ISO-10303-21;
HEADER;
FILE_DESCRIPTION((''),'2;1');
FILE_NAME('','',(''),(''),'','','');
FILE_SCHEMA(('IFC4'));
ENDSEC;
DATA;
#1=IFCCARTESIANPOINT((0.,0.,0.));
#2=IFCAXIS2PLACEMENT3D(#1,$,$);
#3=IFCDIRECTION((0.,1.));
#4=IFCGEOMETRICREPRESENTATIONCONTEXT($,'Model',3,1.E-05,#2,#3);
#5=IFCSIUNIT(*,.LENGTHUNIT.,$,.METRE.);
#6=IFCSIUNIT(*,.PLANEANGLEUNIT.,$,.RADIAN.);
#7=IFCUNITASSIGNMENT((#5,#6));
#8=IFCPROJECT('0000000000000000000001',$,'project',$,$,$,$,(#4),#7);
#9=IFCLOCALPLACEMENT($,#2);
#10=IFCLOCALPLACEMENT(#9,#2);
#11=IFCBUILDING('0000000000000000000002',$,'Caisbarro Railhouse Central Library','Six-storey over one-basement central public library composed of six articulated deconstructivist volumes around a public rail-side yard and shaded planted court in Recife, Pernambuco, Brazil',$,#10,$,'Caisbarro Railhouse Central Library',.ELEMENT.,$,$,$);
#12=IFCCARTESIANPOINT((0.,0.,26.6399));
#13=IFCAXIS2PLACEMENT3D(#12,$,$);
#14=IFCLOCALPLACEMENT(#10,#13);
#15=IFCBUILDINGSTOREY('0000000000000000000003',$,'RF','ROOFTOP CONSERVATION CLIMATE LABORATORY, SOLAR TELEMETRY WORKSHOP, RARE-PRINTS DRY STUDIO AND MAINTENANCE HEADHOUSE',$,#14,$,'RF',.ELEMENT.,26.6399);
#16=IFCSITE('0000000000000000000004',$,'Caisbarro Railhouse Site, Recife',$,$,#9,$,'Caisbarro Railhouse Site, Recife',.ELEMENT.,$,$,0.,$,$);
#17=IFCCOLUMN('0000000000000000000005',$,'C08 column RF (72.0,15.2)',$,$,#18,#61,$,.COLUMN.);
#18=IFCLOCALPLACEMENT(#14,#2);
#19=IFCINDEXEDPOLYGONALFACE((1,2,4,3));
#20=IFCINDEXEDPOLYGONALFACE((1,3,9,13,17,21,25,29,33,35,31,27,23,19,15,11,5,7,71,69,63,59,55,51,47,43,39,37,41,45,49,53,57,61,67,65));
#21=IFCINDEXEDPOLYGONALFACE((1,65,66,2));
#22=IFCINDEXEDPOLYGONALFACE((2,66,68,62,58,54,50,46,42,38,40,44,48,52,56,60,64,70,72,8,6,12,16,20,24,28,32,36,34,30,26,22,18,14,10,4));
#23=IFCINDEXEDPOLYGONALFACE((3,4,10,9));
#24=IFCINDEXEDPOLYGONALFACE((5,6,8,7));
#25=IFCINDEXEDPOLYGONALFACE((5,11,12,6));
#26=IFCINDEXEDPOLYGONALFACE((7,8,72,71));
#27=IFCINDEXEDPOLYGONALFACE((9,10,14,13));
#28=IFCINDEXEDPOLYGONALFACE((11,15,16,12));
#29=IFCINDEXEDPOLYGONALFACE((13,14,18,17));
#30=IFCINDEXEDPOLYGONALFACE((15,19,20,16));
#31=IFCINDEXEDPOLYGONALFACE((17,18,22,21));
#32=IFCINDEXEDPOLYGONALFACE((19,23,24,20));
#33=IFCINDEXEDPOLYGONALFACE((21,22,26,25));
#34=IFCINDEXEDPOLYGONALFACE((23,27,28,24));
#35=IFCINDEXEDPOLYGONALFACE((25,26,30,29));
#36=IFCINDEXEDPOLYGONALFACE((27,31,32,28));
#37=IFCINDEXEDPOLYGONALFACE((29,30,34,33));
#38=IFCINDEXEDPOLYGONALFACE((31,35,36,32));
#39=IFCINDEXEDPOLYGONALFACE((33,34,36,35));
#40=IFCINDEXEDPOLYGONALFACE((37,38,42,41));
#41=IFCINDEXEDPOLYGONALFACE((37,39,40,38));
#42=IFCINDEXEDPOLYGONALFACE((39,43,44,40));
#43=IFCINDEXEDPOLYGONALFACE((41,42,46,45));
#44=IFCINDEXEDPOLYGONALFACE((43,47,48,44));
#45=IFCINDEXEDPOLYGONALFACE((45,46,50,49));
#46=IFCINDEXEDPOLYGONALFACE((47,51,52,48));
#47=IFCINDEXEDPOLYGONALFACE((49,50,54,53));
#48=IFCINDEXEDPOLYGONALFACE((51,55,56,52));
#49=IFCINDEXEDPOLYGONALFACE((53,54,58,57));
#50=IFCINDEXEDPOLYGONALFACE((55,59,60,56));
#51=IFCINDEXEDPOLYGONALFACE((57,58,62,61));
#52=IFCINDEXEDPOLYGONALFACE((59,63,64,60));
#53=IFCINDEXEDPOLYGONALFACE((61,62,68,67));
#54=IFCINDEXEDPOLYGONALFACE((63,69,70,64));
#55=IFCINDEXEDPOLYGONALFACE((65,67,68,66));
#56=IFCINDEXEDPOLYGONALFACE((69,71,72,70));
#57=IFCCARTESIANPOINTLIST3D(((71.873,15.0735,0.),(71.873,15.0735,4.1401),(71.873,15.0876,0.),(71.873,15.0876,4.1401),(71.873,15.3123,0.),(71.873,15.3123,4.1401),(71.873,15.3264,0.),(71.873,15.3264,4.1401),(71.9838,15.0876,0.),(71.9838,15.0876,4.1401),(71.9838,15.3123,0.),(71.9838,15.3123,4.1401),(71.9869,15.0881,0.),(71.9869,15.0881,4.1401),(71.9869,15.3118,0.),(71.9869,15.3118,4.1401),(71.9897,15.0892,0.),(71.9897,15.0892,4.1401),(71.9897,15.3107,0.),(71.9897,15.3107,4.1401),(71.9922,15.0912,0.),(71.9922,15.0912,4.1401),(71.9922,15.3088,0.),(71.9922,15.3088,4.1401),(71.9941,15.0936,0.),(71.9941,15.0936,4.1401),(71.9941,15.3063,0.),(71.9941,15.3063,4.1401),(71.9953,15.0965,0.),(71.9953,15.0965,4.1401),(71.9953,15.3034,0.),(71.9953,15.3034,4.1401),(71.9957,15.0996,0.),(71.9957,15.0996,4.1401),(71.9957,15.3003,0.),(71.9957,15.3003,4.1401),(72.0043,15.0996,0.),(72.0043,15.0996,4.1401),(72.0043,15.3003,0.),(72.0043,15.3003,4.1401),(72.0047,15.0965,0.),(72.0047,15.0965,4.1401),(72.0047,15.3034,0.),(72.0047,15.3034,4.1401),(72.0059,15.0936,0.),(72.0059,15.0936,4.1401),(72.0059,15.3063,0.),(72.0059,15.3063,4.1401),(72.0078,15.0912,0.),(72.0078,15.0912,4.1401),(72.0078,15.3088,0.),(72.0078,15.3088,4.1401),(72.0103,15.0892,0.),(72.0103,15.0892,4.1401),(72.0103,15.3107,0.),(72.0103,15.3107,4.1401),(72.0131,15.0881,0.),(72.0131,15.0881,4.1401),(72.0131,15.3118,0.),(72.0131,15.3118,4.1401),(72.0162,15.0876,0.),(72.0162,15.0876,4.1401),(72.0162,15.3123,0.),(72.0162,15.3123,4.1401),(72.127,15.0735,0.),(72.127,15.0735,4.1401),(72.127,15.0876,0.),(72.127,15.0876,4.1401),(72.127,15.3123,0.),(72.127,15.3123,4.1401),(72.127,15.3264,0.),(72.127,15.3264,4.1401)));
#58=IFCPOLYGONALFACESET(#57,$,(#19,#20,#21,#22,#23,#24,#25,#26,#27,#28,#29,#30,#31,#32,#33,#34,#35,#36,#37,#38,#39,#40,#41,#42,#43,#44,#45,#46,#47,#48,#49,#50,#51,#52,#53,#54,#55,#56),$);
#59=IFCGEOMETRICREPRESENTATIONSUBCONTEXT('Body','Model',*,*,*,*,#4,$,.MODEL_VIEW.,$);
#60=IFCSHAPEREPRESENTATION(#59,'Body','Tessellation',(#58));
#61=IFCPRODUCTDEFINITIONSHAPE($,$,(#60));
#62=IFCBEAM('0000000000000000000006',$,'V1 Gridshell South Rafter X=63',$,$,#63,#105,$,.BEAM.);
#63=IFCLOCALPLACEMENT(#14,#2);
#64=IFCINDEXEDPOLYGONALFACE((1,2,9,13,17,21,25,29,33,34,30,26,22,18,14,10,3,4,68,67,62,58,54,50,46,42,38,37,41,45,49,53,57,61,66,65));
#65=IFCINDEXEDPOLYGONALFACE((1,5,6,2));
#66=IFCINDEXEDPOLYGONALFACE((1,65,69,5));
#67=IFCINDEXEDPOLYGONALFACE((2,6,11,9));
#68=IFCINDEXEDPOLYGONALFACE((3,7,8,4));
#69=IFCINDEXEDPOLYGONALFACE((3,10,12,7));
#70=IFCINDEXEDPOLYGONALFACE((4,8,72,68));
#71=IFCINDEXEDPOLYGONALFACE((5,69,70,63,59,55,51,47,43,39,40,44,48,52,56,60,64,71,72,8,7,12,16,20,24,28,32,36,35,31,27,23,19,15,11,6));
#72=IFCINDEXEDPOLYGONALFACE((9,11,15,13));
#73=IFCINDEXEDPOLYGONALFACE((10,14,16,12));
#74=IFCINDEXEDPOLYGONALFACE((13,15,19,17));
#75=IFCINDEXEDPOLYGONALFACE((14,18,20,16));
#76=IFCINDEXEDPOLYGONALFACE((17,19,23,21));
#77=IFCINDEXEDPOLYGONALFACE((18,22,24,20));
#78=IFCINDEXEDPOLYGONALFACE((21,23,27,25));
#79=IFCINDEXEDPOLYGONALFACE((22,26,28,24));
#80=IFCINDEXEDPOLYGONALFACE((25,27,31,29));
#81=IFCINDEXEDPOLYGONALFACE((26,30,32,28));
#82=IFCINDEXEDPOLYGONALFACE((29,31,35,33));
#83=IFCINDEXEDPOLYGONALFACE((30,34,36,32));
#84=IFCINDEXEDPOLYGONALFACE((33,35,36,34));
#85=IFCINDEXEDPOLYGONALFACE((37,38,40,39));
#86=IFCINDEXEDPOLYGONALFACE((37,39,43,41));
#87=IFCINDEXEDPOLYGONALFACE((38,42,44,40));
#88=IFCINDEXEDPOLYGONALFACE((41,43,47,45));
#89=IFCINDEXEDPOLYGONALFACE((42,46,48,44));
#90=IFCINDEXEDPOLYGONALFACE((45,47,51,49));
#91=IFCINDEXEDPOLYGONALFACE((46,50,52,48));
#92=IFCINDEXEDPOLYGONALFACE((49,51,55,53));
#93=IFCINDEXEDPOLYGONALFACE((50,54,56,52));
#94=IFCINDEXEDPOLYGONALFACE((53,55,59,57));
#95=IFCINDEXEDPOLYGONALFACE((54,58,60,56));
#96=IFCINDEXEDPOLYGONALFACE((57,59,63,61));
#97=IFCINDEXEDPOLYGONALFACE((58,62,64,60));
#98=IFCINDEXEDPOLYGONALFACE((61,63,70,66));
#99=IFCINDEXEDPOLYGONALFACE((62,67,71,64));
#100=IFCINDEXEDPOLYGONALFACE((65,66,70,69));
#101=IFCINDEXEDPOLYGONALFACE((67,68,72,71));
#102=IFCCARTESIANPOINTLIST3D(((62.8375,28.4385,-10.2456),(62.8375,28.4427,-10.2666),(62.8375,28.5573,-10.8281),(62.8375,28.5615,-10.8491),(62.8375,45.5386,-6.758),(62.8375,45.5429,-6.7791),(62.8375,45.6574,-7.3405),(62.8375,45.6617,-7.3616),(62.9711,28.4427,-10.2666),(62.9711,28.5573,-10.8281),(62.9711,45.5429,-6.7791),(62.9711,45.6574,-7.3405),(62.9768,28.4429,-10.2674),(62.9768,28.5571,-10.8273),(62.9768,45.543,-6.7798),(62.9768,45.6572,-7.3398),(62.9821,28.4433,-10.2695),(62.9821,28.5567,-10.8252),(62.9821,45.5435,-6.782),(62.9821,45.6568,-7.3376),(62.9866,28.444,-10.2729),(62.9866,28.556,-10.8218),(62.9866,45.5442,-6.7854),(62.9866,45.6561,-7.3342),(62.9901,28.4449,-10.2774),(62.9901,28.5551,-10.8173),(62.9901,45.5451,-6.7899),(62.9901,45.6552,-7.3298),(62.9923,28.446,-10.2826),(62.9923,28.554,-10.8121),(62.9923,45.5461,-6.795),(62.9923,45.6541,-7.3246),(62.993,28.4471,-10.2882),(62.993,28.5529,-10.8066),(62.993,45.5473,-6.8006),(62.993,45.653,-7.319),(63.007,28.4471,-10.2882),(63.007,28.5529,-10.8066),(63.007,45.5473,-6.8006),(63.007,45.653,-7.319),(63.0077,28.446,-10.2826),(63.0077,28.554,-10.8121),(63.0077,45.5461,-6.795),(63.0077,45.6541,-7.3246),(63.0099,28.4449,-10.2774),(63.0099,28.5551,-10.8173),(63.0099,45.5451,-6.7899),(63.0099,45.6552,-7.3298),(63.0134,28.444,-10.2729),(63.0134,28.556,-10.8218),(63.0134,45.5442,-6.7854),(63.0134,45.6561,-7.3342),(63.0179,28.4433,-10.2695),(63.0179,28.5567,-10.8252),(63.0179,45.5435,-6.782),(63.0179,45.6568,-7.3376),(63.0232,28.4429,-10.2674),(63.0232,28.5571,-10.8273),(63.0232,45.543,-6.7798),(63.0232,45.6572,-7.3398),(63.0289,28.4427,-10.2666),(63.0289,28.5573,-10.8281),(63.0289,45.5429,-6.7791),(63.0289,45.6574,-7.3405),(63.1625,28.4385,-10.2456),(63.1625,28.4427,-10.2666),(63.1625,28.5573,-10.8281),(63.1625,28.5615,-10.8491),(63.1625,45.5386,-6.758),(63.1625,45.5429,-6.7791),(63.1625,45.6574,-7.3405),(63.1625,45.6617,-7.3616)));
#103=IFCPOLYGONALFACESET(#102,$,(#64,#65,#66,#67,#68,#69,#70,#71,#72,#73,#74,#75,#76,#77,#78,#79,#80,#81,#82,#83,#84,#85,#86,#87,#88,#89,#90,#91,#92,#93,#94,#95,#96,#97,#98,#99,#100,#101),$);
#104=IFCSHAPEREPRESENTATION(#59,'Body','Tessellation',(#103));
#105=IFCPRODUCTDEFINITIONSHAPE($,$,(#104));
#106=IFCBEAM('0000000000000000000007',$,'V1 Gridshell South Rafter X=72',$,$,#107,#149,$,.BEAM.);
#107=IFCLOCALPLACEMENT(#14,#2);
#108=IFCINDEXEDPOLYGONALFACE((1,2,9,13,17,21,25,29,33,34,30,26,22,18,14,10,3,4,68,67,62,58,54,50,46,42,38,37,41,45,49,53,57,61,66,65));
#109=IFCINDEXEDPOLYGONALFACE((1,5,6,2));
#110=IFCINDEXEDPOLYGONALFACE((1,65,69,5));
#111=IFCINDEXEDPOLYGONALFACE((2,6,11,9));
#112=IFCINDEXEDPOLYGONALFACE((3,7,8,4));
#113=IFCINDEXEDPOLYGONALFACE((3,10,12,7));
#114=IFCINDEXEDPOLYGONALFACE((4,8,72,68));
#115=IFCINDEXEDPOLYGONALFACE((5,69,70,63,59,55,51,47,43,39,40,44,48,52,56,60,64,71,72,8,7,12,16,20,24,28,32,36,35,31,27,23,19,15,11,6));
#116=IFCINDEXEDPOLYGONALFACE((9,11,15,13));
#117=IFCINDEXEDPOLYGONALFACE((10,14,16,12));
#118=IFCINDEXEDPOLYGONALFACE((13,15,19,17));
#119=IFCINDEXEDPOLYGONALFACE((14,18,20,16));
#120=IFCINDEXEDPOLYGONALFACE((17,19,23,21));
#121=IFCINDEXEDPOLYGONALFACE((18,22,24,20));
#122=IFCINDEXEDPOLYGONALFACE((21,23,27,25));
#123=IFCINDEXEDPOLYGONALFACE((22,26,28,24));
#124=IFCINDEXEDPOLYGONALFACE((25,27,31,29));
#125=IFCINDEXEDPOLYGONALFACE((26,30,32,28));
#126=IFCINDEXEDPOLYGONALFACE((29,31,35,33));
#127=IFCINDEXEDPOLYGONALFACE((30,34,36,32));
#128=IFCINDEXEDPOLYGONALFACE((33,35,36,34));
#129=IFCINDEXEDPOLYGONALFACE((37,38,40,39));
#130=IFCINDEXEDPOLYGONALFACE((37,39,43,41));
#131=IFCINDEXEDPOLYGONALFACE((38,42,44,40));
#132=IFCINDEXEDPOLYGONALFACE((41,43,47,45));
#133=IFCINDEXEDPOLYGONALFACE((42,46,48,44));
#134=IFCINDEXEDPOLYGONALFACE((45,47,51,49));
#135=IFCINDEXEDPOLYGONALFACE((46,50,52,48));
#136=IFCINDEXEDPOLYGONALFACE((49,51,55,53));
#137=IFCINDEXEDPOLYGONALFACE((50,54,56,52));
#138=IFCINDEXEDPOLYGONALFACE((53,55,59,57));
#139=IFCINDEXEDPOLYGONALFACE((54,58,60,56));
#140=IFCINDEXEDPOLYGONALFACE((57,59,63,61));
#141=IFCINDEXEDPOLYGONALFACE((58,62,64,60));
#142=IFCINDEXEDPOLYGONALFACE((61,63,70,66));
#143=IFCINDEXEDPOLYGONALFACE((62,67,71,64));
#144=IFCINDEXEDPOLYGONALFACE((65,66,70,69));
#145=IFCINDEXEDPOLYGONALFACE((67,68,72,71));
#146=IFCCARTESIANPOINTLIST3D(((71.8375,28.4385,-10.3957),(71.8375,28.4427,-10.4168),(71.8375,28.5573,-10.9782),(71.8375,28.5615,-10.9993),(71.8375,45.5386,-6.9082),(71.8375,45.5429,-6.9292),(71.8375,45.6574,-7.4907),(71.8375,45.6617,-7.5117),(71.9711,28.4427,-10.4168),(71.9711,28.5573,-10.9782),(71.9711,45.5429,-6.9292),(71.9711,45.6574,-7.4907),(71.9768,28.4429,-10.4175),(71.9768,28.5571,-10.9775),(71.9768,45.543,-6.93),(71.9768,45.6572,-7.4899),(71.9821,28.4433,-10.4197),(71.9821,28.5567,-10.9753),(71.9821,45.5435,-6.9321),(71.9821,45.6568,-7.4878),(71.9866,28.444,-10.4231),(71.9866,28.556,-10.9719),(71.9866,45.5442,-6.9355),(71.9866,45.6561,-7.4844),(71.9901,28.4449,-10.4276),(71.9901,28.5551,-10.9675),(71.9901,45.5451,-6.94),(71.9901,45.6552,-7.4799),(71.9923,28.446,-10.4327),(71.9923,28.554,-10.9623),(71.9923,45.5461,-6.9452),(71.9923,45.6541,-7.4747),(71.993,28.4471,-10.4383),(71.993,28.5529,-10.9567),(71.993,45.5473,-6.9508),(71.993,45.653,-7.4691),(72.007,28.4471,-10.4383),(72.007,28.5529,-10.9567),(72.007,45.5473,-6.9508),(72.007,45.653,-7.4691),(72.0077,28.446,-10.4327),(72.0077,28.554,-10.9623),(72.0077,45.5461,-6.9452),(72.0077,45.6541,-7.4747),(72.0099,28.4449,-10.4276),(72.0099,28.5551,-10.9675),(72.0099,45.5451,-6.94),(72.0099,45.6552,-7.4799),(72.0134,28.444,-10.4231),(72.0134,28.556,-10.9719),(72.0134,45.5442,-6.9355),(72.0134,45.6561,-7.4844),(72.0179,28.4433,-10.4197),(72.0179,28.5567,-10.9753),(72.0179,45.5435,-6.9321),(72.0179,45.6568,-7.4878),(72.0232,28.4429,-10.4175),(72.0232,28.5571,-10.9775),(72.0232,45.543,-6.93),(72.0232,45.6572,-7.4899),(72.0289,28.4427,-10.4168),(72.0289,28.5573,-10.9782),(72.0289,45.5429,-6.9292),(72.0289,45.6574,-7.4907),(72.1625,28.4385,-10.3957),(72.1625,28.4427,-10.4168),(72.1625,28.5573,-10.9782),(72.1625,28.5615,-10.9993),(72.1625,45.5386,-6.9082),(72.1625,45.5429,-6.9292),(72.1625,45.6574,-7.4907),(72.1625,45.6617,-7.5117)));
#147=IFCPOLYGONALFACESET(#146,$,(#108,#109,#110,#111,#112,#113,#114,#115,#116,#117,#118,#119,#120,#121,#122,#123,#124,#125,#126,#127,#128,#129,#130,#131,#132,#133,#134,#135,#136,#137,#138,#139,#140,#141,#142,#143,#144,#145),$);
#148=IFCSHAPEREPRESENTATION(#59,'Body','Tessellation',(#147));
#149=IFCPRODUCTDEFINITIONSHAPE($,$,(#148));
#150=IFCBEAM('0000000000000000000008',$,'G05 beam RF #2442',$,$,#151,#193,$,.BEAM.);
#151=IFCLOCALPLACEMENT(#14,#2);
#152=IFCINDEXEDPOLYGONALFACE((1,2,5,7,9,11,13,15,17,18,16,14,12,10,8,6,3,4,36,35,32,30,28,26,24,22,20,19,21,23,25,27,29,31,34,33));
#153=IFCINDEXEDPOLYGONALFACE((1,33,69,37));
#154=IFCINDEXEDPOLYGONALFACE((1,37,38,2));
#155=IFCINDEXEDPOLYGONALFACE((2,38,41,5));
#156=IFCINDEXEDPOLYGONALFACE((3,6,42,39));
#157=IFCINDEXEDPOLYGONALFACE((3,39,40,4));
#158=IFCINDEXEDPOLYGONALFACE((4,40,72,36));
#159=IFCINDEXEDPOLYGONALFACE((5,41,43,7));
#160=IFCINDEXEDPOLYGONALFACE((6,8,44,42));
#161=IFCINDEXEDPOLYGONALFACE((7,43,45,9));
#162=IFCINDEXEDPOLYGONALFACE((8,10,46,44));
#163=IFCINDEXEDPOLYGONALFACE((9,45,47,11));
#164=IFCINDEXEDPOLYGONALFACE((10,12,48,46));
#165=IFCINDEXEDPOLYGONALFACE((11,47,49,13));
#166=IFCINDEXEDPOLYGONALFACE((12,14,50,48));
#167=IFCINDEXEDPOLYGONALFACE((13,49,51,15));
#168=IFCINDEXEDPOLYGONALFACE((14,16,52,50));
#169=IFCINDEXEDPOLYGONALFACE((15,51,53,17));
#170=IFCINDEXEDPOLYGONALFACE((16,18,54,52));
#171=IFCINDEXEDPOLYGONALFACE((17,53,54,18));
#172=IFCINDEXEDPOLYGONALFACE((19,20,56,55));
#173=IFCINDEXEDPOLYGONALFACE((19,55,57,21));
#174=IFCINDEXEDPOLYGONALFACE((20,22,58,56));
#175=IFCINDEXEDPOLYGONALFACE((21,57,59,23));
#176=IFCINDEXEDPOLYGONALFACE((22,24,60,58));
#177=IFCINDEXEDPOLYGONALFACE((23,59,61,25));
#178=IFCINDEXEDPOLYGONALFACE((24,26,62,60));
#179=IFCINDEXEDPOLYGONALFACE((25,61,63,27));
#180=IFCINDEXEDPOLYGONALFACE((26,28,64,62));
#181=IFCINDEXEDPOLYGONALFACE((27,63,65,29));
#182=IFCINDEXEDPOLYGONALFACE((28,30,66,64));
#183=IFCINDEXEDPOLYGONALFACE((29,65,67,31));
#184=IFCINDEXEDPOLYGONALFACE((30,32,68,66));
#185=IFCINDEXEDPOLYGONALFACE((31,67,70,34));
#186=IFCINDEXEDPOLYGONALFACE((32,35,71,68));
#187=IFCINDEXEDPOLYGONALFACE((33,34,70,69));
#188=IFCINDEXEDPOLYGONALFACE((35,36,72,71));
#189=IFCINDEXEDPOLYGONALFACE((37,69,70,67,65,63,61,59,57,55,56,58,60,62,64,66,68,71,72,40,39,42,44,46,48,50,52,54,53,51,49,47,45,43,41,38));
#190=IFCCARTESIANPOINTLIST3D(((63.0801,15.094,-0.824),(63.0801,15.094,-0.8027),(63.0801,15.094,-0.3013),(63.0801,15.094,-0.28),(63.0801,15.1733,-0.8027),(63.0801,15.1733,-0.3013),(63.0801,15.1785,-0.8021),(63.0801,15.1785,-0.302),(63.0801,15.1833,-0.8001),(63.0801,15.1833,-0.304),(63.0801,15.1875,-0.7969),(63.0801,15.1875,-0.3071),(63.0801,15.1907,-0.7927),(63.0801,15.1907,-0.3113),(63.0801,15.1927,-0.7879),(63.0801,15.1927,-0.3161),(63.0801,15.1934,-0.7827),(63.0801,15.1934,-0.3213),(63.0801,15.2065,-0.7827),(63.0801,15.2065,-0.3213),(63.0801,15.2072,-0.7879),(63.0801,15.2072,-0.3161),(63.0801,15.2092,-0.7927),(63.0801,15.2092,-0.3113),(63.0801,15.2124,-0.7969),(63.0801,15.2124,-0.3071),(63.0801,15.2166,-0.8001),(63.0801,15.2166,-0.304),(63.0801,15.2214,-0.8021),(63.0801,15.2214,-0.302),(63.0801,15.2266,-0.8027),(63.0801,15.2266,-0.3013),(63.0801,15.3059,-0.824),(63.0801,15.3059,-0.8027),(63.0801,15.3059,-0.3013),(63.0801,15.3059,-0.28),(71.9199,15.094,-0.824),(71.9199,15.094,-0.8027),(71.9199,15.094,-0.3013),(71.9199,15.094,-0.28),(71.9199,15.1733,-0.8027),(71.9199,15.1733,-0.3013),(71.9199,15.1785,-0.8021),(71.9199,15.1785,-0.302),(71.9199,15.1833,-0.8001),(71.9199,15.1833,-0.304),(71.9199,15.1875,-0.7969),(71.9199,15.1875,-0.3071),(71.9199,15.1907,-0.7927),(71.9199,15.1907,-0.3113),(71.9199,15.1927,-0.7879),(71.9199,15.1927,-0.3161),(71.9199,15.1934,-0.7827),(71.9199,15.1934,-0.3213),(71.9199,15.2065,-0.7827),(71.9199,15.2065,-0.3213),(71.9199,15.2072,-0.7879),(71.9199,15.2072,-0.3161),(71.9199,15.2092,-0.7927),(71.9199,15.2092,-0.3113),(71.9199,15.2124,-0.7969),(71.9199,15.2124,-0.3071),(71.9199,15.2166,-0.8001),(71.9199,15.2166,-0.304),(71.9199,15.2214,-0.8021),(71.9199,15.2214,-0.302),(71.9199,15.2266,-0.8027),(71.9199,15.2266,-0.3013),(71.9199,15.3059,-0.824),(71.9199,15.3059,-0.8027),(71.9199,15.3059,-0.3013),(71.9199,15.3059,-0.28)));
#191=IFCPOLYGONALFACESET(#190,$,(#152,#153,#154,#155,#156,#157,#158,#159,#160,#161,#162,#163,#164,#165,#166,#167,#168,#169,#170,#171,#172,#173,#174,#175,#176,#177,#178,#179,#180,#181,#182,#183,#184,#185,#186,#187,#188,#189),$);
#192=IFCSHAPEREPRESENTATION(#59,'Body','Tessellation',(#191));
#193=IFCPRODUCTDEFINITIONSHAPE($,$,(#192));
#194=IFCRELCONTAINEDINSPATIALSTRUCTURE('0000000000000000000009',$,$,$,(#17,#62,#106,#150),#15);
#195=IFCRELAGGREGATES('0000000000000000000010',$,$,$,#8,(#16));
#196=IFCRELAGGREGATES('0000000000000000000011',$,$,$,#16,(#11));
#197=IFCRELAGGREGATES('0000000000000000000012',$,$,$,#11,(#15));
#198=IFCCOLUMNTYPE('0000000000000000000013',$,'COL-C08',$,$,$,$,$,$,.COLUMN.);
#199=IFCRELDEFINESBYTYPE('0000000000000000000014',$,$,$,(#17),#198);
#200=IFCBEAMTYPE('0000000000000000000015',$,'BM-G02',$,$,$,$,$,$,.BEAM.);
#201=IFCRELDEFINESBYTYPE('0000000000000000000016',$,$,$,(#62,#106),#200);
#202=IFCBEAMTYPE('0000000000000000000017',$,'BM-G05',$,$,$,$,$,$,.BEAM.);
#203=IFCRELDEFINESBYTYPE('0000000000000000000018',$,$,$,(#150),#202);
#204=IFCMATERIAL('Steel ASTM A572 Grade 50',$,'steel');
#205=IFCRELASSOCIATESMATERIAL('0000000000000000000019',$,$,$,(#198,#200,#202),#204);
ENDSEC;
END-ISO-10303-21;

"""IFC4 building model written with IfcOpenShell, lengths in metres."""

from ifc_helpers import new_model, si_unit, direction, frame, origin, origin_2d, place, context, subcontext, project, spatial, i_section, extrude, material, material_profile, profile_set, type_object, element, save


model = new_model("IFC4")

# Units and contexts
model_context = context("Model", 3, precision=1e-05, world=origin(), true_north=direction((0.0, 1.0)))
body_context = subcontext(model_context, "Body", "Model", "MODEL_VIEW")
ifc_project = project(units=[si_unit("LENGTHUNIT", "METRE"), si_unit("PLANEANGLEUNIT", "RADIAN")], contexts=[model_context])

# Site, building, storey
site_placement = place(None, origin())
site = spatial("IfcSite", under=ifc_project, at=site_placement, Name="Caisbarro Railhouse Site, Recife", LongName="Caisbarro Railhouse Site, Recife", CompositionType="ELEMENT", RefElevation=0.0)
building_placement = place(site_placement, origin())
building = spatial("IfcBuilding", under=site, at=building_placement, Name="Caisbarro Railhouse Central Library", Description="Six-storey over one-basement central public library composed of six articulated deconstructivist volumes around a public rail-side yard and shaded planted court in Recife, Pernambuco, Brazil", LongName="Caisbarro Railhouse Central Library", CompositionType="ELEMENT")
storey_placement = place(building_placement, frame((0.0, 0.0, 26.6399)))
storey = spatial("IfcBuildingStorey", under=building, at=storey_placement, Name="RF", Description="ROOFTOP CONSERVATION CLIMATE LABORATORY, SOLAR TELEMETRY WORKSHOP, RARE-PRINTS DRY STUDIO AND MAINTENANCE HEADHOUSE", LongName="RF", CompositionType="ELEMENT", Elevation=26.6399)

# Column
ifc_material_1 = material(Name="Steel ASTM A572 Grade 50", Category="steel")
ifc_material_profile_1 = material_profile(ifc_material_1, i_section(OverallWidth=0.2539, OverallDepth=0.2529, WebThickness=0.0085, FlangeThickness=0.0142, FilletRadius=0.012, at=origin_2d()), Name="W250X73.0")
ifc_profile_set_1 = profile_set([ifc_material_profile_1], Name="Steel ASTM A572 Grade 50")
column_type = type_object("IfcColumnType", Name="COL-C08", PredefinedType="COLUMN", material=ifc_profile_set_1)
column_placement = place(storey_placement, frame((72.0, 15.2, 0.0), z_axis=(0.0, 0.0, 1.0), x_axis=(1.0, 0.0, 0.0)))
element("IfcColumn", 1, at=column_placement, inside=storey, type_object=column_type, Name="C08 column RF (72.0,15.2)", PredefinedType="COLUMN", context=body_context, shape_type="SweptSolid", body=[
    extrude(i_section(OverallWidth=0.2539, OverallDepth=0.2529, WebThickness=0.0085, FlangeThickness=0.0142, FilletRadius=0.012, at=origin_2d()), origin(), (0.0, 0.0, 1.0), 4.1401),
])

# Beams
ifc_material_profile_2 = material_profile(ifc_material_1, i_section(OverallWidth=0.325, OverallDepth=0.616, WebThickness=0.0139, FlangeThickness=0.0215, FilletRadius=0.022, at=origin_2d()), Name="W610X174.0")
ifc_profile_set_2 = profile_set([ifc_material_profile_2], Name="Steel ASTM A572 Grade 50")
beam_type_1 = type_object("IfcBeamType", Name="BM-G02", PredefinedType="BEAM", material=ifc_profile_set_2)
for number, where, z_axis, x_axis, name in (
    (2, (63.0, 28.5, -10.5474), (0.0, 0.97983, 0.199835), (-1.0, 0.0, 0.0), "V1 Gridshell South Rafter X=63"),
    (3, (72.0, 28.5, -10.6975), (0.0, 0.97983, 0.199835), (-1.0, 0.0, 0.0), "V1 Gridshell South Rafter X=72"),
):
    element("IfcBeam", number, at=place(storey_placement, frame(where, z_axis=z_axis, x_axis=x_axis)), inside=storey, type_object=beam_type_1, Name=name, PredefinedType="BEAM", context=body_context, shape_type="SweptSolid", body=[
        extrude(i_section(OverallWidth=0.325, OverallDepth=0.616, WebThickness=0.0139, FlangeThickness=0.0215, FilletRadius=0.022, at=origin_2d()), origin(), (0.0, 0.0, 1.0), 17.4521),
    ])
ifc_material_profile_3 = material_profile(ifc_material_1, i_section(OverallWidth=0.2119, OverallDepth=0.5439, WebThickness=0.0132, FlangeThickness=0.0212, FilletRadius=0.02, at=origin_2d()), Name="W530X123.0")
ifc_profile_set_3 = profile_set([ifc_material_profile_3], Name="Steel ASTM A572 Grade 50")
beam_type_2 = type_object("IfcBeamType", Name="BM-G05", PredefinedType="BEAM", material=ifc_profile_set_3)
beam_1_placement = place(storey_placement, frame((63.0801, 15.2, -0.552), z_axis=(1.0, 0.0, 0.0), x_axis=(0.0, 1.0, 0.0)))
element("IfcBeam", 4, at=beam_1_placement, inside=storey, type_object=beam_type_2, Name="G05 beam RF #2442", PredefinedType="BEAM", context=body_context, shape_type="SweptSolid", body=[
    extrude(i_section(OverallWidth=0.2119, OverallDepth=0.5439, WebThickness=0.0132, FlangeThickness=0.0212, FilletRadius=0.02, at=origin_2d()), origin(), (0.0, 0.0, 1.0), 8.8398),
])

save(model, "model.ifc")
